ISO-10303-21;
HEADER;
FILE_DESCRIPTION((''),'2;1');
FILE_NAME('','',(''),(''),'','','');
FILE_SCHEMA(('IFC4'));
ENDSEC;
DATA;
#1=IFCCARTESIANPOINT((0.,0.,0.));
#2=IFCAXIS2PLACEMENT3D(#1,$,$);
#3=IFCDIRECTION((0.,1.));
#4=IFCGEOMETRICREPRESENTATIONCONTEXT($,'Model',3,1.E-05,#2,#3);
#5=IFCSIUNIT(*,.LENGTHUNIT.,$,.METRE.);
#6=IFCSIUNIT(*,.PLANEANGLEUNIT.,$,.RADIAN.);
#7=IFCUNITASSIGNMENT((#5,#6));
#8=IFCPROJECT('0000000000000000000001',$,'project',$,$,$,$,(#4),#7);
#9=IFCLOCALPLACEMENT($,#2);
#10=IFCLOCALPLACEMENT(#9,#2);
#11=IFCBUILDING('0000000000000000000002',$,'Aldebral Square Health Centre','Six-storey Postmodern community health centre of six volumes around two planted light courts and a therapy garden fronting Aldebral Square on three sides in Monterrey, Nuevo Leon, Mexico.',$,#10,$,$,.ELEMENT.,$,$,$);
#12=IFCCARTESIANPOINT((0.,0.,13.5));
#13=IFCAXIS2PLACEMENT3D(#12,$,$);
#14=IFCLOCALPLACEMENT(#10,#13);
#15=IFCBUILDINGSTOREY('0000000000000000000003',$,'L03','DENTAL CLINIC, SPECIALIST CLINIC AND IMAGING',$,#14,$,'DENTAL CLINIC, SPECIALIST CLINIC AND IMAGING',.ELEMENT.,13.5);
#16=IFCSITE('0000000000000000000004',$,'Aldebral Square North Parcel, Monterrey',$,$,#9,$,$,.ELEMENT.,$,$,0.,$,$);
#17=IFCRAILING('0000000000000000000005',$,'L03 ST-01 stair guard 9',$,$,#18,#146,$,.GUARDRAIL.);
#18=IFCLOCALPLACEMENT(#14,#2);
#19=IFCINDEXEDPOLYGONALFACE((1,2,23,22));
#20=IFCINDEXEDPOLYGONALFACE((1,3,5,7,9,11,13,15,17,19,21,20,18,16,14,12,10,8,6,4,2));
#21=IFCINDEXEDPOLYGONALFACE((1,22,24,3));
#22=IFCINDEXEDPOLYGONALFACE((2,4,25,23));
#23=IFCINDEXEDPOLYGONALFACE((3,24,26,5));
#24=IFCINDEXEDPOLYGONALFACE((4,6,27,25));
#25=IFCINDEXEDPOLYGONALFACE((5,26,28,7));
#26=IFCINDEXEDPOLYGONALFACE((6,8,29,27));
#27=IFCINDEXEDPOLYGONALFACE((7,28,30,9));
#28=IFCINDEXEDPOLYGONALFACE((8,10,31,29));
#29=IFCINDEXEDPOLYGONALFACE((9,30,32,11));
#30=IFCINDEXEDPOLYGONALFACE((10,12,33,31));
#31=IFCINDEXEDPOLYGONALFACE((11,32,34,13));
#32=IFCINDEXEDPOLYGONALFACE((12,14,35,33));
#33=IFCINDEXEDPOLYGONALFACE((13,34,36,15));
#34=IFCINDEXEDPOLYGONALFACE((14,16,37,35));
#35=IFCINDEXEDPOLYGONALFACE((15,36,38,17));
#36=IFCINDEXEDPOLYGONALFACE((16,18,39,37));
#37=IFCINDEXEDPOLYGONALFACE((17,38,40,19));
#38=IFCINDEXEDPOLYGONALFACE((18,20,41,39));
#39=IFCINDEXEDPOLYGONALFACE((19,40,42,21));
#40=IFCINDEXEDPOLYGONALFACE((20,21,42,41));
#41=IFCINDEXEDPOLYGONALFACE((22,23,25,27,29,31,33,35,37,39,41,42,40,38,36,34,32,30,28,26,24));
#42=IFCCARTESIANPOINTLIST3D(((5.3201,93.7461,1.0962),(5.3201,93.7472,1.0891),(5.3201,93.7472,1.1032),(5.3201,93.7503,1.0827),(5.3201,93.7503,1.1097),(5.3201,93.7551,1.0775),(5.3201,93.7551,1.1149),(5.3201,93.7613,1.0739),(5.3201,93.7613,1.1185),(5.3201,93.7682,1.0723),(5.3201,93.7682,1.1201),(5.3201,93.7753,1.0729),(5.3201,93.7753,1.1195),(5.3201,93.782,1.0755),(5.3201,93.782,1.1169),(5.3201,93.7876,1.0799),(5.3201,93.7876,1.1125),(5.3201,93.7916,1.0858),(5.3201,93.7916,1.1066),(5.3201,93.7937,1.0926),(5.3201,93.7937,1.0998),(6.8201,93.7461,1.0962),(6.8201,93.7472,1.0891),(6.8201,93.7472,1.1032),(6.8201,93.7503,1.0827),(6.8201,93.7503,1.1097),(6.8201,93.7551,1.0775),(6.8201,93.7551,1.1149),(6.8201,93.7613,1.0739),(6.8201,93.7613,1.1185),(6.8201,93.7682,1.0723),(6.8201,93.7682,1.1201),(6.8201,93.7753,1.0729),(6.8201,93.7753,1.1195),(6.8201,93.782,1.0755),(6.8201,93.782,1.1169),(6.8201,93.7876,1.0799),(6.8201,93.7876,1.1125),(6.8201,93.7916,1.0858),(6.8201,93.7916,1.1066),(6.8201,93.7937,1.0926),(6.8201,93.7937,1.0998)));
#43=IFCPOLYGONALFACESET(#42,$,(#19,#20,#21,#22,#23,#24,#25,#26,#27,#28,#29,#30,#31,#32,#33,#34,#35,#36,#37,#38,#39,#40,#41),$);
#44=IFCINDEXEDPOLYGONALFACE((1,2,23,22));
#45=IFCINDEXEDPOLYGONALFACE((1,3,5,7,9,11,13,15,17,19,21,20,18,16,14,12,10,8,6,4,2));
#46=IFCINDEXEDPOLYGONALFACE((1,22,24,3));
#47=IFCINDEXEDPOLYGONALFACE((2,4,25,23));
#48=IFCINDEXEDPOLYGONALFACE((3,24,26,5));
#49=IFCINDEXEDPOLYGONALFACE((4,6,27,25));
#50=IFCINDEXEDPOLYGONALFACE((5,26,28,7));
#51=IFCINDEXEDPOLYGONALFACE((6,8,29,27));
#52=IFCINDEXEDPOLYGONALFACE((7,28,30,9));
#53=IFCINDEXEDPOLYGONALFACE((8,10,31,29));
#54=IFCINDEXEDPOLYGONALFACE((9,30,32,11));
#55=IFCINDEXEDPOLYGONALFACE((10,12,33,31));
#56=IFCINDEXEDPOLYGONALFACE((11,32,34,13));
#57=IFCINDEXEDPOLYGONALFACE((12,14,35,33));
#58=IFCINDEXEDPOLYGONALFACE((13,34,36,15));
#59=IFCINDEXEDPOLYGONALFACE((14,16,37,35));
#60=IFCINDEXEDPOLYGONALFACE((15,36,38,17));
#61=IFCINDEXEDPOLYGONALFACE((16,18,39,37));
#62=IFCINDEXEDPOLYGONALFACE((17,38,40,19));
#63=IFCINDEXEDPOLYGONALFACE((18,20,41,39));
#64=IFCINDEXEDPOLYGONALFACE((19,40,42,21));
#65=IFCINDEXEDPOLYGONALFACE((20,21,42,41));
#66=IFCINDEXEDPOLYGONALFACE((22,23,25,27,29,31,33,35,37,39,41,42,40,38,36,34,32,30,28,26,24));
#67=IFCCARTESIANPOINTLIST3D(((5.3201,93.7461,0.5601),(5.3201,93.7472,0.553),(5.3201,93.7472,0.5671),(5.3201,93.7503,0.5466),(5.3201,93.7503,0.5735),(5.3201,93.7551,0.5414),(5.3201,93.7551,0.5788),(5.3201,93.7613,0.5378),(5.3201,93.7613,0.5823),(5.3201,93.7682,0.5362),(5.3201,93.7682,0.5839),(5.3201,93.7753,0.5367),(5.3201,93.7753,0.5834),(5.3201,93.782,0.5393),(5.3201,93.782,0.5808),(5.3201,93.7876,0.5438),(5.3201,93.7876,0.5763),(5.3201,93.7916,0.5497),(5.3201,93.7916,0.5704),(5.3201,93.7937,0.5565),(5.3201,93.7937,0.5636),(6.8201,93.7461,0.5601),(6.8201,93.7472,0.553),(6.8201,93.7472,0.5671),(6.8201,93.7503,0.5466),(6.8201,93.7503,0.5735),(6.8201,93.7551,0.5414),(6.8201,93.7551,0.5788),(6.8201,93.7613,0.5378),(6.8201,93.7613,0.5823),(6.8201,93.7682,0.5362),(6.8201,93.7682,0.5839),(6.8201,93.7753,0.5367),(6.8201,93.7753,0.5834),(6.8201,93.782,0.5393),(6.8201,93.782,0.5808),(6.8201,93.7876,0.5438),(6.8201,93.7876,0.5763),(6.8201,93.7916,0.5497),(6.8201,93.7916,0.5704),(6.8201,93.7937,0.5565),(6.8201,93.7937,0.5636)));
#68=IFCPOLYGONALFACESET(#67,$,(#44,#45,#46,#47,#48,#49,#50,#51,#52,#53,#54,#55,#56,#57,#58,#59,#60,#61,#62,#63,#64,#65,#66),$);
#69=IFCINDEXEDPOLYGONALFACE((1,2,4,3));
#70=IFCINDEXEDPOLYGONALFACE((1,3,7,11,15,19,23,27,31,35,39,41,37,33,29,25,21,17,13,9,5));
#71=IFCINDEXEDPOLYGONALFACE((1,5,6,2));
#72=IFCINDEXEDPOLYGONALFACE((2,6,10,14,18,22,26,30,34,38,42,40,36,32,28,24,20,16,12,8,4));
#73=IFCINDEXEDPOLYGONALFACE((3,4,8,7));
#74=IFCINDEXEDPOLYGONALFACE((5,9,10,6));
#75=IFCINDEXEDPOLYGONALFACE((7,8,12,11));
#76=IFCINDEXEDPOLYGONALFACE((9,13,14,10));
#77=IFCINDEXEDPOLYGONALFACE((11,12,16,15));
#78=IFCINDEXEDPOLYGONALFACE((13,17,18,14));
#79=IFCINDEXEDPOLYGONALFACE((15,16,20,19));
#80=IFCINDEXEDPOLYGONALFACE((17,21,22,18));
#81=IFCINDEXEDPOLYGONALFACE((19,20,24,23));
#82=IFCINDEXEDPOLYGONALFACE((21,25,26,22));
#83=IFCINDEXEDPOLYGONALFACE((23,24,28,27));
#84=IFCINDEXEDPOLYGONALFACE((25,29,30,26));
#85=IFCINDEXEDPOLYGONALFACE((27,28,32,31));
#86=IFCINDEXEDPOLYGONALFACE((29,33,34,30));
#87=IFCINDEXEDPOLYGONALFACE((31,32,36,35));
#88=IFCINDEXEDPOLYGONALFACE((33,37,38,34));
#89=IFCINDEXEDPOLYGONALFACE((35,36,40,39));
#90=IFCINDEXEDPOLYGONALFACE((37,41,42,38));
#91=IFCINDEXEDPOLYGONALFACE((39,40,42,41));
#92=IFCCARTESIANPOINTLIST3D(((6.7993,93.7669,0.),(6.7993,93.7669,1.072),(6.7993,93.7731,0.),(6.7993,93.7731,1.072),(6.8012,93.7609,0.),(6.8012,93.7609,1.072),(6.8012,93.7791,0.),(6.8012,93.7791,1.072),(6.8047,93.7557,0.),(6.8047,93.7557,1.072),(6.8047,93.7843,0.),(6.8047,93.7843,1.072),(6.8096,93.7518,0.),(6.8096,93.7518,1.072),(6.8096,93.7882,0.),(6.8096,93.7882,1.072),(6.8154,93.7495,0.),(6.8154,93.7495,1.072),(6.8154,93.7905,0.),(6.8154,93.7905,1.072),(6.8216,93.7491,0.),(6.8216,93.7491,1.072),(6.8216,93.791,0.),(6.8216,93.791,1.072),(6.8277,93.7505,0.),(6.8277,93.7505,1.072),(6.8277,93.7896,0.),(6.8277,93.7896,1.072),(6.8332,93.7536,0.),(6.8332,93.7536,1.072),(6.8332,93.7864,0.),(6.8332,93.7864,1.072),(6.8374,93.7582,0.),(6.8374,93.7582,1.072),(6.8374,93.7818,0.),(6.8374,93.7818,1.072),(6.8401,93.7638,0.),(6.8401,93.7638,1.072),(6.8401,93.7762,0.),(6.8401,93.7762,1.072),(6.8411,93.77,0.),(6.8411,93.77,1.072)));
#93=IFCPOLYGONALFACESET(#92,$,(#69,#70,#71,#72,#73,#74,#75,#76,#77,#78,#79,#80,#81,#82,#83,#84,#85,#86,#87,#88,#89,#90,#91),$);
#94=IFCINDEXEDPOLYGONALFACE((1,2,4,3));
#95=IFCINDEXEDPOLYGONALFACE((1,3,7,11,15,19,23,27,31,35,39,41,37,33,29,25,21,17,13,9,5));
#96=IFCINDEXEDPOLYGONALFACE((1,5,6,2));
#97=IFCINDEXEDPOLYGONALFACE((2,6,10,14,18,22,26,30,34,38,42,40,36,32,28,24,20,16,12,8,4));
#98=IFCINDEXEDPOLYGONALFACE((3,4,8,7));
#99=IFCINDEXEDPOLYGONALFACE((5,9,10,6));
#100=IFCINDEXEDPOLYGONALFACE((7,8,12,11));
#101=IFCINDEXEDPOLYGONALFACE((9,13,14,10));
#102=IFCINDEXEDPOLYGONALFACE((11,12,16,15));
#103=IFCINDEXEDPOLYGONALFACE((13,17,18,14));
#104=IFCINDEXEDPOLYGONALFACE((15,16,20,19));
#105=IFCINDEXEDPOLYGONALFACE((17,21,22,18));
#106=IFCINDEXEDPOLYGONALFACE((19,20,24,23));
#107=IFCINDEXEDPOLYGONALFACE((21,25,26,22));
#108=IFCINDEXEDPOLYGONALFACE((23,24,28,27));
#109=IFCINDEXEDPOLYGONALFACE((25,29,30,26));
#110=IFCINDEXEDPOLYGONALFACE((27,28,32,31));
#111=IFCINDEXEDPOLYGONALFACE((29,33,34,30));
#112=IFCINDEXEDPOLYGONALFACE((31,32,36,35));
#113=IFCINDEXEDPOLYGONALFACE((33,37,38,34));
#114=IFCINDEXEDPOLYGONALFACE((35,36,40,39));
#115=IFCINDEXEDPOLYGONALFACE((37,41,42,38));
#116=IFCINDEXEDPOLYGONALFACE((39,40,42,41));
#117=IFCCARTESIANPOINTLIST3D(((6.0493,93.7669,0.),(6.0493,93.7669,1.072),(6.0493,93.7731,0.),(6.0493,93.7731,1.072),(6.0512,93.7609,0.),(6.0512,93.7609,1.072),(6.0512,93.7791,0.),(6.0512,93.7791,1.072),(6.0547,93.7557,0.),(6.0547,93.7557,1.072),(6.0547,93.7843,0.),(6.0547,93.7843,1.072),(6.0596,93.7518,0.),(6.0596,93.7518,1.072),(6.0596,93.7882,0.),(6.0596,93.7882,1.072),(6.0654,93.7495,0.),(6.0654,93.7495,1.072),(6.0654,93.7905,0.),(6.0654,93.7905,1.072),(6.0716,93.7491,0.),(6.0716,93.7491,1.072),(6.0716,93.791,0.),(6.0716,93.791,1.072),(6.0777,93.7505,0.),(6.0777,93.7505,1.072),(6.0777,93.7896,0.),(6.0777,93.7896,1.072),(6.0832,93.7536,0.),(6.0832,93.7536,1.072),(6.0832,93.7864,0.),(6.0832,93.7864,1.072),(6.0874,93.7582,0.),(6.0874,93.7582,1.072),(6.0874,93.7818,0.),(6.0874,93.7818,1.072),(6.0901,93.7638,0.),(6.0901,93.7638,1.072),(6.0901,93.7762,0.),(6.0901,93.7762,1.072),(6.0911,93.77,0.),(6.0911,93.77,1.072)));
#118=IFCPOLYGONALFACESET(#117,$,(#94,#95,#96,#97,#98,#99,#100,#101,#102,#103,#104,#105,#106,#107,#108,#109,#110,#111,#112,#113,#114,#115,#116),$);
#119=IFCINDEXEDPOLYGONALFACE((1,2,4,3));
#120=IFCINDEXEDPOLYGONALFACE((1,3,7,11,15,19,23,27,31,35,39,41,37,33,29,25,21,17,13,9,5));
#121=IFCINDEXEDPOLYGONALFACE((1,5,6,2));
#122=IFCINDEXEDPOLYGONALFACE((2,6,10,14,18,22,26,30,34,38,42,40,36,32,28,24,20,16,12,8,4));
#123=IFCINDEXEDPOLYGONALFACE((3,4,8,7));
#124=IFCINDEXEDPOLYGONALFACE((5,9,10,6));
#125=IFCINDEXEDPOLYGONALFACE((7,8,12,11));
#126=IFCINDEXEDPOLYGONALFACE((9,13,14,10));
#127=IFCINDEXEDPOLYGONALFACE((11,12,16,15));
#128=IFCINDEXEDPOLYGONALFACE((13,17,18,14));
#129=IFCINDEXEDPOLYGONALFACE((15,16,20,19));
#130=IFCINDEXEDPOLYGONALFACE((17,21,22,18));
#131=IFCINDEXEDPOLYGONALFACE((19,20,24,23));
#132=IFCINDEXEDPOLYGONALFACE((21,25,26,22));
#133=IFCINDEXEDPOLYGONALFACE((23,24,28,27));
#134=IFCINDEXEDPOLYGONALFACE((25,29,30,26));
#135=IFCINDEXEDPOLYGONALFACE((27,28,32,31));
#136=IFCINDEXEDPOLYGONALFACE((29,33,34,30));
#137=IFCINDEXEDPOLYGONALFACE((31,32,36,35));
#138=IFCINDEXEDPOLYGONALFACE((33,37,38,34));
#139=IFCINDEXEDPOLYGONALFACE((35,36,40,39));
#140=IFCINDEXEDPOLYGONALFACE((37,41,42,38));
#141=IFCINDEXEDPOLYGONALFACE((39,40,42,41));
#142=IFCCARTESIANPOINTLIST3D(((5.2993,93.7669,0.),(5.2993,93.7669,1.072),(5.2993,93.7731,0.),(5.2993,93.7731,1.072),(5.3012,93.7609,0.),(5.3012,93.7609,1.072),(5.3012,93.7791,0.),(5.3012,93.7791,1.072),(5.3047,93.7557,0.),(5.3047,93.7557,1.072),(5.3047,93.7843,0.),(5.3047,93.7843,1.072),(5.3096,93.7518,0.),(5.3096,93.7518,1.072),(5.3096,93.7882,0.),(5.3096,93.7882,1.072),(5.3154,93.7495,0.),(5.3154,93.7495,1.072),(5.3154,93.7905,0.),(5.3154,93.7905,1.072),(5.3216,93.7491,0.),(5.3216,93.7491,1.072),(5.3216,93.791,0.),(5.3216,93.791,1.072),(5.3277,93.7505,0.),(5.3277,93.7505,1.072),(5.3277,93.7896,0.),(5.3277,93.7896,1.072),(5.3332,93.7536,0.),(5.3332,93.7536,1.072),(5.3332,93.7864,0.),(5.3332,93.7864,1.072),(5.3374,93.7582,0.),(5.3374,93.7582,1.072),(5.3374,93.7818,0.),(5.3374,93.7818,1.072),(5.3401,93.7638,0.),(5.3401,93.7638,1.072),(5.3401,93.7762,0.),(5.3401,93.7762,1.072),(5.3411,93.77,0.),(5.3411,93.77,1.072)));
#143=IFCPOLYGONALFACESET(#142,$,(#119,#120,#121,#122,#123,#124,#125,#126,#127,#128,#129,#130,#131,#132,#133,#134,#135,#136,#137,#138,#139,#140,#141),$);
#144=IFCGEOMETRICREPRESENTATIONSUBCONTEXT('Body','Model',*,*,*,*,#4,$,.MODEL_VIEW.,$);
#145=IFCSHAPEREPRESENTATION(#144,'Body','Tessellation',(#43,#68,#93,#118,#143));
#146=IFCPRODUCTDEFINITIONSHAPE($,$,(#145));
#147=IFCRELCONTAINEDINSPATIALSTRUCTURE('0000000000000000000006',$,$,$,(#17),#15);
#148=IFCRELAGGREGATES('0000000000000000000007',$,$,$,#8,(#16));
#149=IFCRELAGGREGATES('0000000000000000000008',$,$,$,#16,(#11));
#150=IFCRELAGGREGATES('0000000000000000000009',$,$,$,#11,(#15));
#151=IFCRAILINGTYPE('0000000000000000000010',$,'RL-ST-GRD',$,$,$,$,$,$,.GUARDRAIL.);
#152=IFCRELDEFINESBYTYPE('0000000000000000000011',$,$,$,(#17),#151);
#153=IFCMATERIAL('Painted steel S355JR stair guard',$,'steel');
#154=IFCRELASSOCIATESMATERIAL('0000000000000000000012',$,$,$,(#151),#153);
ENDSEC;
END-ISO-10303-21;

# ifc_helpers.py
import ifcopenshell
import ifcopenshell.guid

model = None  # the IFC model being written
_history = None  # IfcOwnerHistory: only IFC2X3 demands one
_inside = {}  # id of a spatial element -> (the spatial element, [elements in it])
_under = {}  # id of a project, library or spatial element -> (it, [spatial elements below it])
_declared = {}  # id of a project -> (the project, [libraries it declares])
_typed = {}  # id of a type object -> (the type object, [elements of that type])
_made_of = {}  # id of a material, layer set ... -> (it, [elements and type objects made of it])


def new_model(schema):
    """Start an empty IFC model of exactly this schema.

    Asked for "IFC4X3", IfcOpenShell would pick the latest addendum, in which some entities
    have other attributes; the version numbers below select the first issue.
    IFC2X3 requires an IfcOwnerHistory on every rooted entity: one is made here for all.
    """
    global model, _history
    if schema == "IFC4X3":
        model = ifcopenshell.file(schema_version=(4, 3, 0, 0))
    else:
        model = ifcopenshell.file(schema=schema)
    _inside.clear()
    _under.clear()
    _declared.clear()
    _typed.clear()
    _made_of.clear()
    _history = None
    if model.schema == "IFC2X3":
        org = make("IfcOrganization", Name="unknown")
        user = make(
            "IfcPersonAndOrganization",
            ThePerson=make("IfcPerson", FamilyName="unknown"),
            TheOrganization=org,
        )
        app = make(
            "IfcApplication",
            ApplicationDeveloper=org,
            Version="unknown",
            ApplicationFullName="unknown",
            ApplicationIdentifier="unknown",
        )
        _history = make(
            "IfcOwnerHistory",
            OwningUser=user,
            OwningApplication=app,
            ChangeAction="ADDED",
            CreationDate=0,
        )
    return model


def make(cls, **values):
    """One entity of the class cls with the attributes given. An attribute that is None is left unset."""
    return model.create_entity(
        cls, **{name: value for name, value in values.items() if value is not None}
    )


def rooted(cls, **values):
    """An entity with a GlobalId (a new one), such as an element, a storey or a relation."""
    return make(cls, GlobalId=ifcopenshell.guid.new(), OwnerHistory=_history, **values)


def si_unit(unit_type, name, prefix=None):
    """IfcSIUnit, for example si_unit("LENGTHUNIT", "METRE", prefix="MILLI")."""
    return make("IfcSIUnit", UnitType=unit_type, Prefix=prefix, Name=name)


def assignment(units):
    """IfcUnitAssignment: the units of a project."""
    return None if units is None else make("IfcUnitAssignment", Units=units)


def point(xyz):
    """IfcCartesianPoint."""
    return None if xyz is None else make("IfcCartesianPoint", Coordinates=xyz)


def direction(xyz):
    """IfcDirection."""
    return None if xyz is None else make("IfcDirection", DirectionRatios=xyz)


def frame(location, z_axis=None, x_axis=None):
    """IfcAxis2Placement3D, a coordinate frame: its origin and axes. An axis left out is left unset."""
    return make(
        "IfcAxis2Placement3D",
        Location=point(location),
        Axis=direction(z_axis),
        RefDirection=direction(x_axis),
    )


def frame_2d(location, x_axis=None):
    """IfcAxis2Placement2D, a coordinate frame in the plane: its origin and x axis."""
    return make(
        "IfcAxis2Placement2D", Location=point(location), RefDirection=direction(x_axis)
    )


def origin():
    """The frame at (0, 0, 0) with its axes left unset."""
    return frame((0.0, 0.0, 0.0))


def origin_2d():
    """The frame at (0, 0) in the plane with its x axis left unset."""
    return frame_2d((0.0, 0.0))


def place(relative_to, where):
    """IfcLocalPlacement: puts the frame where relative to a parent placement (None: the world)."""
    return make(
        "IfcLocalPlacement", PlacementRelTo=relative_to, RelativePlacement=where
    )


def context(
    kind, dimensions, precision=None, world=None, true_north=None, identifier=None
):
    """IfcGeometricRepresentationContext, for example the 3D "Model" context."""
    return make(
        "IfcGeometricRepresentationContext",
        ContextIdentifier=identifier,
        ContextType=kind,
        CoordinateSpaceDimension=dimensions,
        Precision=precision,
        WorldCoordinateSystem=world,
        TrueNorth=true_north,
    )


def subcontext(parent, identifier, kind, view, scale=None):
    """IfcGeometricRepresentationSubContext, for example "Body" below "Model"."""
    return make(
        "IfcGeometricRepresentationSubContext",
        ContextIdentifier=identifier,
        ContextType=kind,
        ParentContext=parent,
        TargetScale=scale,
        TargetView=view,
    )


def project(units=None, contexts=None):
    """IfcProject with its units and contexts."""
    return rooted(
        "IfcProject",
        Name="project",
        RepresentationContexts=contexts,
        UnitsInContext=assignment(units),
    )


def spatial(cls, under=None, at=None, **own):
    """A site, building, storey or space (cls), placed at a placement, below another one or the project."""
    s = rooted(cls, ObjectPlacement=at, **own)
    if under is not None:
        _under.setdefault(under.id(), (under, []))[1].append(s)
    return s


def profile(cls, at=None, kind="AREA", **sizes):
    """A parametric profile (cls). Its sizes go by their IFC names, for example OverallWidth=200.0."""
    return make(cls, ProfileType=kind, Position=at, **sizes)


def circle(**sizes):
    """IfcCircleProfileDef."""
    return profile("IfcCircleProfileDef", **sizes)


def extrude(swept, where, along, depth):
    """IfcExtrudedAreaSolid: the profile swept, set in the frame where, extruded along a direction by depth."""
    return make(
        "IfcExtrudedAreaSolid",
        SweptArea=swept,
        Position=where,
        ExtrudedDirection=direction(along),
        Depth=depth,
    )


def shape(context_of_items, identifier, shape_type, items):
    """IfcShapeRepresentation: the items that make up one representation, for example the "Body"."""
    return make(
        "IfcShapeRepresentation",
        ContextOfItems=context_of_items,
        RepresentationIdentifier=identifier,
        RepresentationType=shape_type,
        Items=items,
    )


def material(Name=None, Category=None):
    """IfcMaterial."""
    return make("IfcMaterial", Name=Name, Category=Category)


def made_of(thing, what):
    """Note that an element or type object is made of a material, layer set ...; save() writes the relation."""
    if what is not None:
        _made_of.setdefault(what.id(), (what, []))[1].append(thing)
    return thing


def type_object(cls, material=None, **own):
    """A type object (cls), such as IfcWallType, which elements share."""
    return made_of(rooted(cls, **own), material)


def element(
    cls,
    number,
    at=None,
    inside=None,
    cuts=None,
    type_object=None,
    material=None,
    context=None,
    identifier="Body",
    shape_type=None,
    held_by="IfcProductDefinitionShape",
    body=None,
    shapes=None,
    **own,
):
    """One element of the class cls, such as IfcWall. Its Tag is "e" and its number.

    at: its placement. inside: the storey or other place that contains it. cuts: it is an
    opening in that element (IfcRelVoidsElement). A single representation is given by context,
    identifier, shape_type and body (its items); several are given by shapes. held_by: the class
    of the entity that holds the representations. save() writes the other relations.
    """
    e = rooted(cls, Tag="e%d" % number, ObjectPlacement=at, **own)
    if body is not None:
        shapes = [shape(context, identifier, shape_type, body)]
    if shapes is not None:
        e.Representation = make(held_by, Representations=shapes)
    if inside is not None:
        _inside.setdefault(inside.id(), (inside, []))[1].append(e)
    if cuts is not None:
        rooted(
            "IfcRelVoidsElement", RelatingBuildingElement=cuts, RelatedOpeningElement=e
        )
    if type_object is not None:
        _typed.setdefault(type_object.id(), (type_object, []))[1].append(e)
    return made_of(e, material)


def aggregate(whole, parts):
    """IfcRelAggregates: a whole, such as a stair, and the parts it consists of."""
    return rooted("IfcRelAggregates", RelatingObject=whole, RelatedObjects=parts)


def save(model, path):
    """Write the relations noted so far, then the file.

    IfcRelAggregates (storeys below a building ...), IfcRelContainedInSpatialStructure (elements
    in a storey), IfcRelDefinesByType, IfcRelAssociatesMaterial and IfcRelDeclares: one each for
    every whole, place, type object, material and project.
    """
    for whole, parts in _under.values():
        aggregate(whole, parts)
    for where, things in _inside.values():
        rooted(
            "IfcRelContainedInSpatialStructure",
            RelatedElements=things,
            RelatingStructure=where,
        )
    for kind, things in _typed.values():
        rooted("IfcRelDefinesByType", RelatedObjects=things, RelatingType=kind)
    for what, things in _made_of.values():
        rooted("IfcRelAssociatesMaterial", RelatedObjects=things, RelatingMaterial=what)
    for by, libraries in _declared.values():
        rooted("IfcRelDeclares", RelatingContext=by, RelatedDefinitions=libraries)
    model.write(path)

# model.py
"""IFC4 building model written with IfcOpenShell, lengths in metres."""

from ifc_helpers import new_model, si_unit, direction, frame, origin, origin_2d, place, context, subcontext, project, spatial, circle, extrude, material, type_object, element, save


model = new_model("IFC4")

# Units and contexts
model_context = context("Model", 3, precision=1e-05, world=origin(), true_north=direction((0.0, 1.0)))
body_context = subcontext(model_context, "Body", "Model", "MODEL_VIEW")
ifc_project = project(units=[si_unit("LENGTHUNIT", "METRE"), si_unit("PLANEANGLEUNIT", "RADIAN")], contexts=[model_context])

# Site, building, storey
site_placement = place(None, origin())
site = spatial("IfcSite", under=ifc_project, at=site_placement, Name="Aldebral Square North Parcel, Monterrey", CompositionType="ELEMENT", RefElevation=0.0)
building_placement = place(site_placement, origin())
building = spatial("IfcBuilding", under=site, at=building_placement, Name="Aldebral Square Health Centre", Description="Six-storey Postmodern community health centre of six volumes around two planted light courts and a therapy garden fronting Aldebral Square on three sides in Monterrey, Nuevo Leon, Mexico.", CompositionType="ELEMENT")
storey_placement = place(building_placement, frame((0.0, 0.0, 13.5)))
storey = spatial("IfcBuildingStorey", under=building, at=storey_placement, Name="L03", Description="DENTAL CLINIC, SPECIALIST CLINIC AND IMAGING", LongName="DENTAL CLINIC, SPECIALIST CLINIC AND IMAGING", CompositionType="ELEMENT", Elevation=13.5)

# Railing
ifc_material_1 = material(Name="Painted steel S355JR stair guard", Category="steel")
railing_type_1 = type_object("IfcRailingType", Name="RL-ST-GRD", PredefinedType="GUARDRAIL", material=ifc_material_1)
for number, where, name in (
    (1, (6.8201, 93.77, 0.0), "L03 ST-01 stair guard 9"),
):
    element("IfcRailing", number, at=place(storey_placement, frame(where)), inside=storey, type_object=railing_type_1, Name=name, PredefinedType="GUARDRAIL", context=body_context, shape_type="SweptSolid", body=[
        extrude(circle(Radius=0.0239, at=origin_2d()), frame((0.0, 0.0, 1.0962), z_axis=(-1.0, 0.0, 0.0), x_axis=(0.0, -1.0, 0.0)), (0.0, 0.0, 1.0), 1.5),
        extrude(circle(Radius=0.0239, at=origin_2d()), frame((0.0, 0.0, 0.5601), z_axis=(-1.0, 0.0, 0.0), x_axis=(0.0, -1.0, 0.0)), (0.0, 0.0, 1.0), 1.5),
        extrude(circle(Radius=0.021, at=origin_2d()), origin(), (0.0, 0.0, 1.0), 1.072),
        extrude(circle(Radius=0.021, at=origin_2d()), frame((-0.75, 0.0, 0.0)), (0.0, 0.0, 1.0), 1.072),
        extrude(circle(Radius=0.021, at=origin_2d()), frame((-1.5, 0.0, 0.0)), (0.0, 0.0, 1.0), 1.072),
    ])

save(model, "model.ifc")
